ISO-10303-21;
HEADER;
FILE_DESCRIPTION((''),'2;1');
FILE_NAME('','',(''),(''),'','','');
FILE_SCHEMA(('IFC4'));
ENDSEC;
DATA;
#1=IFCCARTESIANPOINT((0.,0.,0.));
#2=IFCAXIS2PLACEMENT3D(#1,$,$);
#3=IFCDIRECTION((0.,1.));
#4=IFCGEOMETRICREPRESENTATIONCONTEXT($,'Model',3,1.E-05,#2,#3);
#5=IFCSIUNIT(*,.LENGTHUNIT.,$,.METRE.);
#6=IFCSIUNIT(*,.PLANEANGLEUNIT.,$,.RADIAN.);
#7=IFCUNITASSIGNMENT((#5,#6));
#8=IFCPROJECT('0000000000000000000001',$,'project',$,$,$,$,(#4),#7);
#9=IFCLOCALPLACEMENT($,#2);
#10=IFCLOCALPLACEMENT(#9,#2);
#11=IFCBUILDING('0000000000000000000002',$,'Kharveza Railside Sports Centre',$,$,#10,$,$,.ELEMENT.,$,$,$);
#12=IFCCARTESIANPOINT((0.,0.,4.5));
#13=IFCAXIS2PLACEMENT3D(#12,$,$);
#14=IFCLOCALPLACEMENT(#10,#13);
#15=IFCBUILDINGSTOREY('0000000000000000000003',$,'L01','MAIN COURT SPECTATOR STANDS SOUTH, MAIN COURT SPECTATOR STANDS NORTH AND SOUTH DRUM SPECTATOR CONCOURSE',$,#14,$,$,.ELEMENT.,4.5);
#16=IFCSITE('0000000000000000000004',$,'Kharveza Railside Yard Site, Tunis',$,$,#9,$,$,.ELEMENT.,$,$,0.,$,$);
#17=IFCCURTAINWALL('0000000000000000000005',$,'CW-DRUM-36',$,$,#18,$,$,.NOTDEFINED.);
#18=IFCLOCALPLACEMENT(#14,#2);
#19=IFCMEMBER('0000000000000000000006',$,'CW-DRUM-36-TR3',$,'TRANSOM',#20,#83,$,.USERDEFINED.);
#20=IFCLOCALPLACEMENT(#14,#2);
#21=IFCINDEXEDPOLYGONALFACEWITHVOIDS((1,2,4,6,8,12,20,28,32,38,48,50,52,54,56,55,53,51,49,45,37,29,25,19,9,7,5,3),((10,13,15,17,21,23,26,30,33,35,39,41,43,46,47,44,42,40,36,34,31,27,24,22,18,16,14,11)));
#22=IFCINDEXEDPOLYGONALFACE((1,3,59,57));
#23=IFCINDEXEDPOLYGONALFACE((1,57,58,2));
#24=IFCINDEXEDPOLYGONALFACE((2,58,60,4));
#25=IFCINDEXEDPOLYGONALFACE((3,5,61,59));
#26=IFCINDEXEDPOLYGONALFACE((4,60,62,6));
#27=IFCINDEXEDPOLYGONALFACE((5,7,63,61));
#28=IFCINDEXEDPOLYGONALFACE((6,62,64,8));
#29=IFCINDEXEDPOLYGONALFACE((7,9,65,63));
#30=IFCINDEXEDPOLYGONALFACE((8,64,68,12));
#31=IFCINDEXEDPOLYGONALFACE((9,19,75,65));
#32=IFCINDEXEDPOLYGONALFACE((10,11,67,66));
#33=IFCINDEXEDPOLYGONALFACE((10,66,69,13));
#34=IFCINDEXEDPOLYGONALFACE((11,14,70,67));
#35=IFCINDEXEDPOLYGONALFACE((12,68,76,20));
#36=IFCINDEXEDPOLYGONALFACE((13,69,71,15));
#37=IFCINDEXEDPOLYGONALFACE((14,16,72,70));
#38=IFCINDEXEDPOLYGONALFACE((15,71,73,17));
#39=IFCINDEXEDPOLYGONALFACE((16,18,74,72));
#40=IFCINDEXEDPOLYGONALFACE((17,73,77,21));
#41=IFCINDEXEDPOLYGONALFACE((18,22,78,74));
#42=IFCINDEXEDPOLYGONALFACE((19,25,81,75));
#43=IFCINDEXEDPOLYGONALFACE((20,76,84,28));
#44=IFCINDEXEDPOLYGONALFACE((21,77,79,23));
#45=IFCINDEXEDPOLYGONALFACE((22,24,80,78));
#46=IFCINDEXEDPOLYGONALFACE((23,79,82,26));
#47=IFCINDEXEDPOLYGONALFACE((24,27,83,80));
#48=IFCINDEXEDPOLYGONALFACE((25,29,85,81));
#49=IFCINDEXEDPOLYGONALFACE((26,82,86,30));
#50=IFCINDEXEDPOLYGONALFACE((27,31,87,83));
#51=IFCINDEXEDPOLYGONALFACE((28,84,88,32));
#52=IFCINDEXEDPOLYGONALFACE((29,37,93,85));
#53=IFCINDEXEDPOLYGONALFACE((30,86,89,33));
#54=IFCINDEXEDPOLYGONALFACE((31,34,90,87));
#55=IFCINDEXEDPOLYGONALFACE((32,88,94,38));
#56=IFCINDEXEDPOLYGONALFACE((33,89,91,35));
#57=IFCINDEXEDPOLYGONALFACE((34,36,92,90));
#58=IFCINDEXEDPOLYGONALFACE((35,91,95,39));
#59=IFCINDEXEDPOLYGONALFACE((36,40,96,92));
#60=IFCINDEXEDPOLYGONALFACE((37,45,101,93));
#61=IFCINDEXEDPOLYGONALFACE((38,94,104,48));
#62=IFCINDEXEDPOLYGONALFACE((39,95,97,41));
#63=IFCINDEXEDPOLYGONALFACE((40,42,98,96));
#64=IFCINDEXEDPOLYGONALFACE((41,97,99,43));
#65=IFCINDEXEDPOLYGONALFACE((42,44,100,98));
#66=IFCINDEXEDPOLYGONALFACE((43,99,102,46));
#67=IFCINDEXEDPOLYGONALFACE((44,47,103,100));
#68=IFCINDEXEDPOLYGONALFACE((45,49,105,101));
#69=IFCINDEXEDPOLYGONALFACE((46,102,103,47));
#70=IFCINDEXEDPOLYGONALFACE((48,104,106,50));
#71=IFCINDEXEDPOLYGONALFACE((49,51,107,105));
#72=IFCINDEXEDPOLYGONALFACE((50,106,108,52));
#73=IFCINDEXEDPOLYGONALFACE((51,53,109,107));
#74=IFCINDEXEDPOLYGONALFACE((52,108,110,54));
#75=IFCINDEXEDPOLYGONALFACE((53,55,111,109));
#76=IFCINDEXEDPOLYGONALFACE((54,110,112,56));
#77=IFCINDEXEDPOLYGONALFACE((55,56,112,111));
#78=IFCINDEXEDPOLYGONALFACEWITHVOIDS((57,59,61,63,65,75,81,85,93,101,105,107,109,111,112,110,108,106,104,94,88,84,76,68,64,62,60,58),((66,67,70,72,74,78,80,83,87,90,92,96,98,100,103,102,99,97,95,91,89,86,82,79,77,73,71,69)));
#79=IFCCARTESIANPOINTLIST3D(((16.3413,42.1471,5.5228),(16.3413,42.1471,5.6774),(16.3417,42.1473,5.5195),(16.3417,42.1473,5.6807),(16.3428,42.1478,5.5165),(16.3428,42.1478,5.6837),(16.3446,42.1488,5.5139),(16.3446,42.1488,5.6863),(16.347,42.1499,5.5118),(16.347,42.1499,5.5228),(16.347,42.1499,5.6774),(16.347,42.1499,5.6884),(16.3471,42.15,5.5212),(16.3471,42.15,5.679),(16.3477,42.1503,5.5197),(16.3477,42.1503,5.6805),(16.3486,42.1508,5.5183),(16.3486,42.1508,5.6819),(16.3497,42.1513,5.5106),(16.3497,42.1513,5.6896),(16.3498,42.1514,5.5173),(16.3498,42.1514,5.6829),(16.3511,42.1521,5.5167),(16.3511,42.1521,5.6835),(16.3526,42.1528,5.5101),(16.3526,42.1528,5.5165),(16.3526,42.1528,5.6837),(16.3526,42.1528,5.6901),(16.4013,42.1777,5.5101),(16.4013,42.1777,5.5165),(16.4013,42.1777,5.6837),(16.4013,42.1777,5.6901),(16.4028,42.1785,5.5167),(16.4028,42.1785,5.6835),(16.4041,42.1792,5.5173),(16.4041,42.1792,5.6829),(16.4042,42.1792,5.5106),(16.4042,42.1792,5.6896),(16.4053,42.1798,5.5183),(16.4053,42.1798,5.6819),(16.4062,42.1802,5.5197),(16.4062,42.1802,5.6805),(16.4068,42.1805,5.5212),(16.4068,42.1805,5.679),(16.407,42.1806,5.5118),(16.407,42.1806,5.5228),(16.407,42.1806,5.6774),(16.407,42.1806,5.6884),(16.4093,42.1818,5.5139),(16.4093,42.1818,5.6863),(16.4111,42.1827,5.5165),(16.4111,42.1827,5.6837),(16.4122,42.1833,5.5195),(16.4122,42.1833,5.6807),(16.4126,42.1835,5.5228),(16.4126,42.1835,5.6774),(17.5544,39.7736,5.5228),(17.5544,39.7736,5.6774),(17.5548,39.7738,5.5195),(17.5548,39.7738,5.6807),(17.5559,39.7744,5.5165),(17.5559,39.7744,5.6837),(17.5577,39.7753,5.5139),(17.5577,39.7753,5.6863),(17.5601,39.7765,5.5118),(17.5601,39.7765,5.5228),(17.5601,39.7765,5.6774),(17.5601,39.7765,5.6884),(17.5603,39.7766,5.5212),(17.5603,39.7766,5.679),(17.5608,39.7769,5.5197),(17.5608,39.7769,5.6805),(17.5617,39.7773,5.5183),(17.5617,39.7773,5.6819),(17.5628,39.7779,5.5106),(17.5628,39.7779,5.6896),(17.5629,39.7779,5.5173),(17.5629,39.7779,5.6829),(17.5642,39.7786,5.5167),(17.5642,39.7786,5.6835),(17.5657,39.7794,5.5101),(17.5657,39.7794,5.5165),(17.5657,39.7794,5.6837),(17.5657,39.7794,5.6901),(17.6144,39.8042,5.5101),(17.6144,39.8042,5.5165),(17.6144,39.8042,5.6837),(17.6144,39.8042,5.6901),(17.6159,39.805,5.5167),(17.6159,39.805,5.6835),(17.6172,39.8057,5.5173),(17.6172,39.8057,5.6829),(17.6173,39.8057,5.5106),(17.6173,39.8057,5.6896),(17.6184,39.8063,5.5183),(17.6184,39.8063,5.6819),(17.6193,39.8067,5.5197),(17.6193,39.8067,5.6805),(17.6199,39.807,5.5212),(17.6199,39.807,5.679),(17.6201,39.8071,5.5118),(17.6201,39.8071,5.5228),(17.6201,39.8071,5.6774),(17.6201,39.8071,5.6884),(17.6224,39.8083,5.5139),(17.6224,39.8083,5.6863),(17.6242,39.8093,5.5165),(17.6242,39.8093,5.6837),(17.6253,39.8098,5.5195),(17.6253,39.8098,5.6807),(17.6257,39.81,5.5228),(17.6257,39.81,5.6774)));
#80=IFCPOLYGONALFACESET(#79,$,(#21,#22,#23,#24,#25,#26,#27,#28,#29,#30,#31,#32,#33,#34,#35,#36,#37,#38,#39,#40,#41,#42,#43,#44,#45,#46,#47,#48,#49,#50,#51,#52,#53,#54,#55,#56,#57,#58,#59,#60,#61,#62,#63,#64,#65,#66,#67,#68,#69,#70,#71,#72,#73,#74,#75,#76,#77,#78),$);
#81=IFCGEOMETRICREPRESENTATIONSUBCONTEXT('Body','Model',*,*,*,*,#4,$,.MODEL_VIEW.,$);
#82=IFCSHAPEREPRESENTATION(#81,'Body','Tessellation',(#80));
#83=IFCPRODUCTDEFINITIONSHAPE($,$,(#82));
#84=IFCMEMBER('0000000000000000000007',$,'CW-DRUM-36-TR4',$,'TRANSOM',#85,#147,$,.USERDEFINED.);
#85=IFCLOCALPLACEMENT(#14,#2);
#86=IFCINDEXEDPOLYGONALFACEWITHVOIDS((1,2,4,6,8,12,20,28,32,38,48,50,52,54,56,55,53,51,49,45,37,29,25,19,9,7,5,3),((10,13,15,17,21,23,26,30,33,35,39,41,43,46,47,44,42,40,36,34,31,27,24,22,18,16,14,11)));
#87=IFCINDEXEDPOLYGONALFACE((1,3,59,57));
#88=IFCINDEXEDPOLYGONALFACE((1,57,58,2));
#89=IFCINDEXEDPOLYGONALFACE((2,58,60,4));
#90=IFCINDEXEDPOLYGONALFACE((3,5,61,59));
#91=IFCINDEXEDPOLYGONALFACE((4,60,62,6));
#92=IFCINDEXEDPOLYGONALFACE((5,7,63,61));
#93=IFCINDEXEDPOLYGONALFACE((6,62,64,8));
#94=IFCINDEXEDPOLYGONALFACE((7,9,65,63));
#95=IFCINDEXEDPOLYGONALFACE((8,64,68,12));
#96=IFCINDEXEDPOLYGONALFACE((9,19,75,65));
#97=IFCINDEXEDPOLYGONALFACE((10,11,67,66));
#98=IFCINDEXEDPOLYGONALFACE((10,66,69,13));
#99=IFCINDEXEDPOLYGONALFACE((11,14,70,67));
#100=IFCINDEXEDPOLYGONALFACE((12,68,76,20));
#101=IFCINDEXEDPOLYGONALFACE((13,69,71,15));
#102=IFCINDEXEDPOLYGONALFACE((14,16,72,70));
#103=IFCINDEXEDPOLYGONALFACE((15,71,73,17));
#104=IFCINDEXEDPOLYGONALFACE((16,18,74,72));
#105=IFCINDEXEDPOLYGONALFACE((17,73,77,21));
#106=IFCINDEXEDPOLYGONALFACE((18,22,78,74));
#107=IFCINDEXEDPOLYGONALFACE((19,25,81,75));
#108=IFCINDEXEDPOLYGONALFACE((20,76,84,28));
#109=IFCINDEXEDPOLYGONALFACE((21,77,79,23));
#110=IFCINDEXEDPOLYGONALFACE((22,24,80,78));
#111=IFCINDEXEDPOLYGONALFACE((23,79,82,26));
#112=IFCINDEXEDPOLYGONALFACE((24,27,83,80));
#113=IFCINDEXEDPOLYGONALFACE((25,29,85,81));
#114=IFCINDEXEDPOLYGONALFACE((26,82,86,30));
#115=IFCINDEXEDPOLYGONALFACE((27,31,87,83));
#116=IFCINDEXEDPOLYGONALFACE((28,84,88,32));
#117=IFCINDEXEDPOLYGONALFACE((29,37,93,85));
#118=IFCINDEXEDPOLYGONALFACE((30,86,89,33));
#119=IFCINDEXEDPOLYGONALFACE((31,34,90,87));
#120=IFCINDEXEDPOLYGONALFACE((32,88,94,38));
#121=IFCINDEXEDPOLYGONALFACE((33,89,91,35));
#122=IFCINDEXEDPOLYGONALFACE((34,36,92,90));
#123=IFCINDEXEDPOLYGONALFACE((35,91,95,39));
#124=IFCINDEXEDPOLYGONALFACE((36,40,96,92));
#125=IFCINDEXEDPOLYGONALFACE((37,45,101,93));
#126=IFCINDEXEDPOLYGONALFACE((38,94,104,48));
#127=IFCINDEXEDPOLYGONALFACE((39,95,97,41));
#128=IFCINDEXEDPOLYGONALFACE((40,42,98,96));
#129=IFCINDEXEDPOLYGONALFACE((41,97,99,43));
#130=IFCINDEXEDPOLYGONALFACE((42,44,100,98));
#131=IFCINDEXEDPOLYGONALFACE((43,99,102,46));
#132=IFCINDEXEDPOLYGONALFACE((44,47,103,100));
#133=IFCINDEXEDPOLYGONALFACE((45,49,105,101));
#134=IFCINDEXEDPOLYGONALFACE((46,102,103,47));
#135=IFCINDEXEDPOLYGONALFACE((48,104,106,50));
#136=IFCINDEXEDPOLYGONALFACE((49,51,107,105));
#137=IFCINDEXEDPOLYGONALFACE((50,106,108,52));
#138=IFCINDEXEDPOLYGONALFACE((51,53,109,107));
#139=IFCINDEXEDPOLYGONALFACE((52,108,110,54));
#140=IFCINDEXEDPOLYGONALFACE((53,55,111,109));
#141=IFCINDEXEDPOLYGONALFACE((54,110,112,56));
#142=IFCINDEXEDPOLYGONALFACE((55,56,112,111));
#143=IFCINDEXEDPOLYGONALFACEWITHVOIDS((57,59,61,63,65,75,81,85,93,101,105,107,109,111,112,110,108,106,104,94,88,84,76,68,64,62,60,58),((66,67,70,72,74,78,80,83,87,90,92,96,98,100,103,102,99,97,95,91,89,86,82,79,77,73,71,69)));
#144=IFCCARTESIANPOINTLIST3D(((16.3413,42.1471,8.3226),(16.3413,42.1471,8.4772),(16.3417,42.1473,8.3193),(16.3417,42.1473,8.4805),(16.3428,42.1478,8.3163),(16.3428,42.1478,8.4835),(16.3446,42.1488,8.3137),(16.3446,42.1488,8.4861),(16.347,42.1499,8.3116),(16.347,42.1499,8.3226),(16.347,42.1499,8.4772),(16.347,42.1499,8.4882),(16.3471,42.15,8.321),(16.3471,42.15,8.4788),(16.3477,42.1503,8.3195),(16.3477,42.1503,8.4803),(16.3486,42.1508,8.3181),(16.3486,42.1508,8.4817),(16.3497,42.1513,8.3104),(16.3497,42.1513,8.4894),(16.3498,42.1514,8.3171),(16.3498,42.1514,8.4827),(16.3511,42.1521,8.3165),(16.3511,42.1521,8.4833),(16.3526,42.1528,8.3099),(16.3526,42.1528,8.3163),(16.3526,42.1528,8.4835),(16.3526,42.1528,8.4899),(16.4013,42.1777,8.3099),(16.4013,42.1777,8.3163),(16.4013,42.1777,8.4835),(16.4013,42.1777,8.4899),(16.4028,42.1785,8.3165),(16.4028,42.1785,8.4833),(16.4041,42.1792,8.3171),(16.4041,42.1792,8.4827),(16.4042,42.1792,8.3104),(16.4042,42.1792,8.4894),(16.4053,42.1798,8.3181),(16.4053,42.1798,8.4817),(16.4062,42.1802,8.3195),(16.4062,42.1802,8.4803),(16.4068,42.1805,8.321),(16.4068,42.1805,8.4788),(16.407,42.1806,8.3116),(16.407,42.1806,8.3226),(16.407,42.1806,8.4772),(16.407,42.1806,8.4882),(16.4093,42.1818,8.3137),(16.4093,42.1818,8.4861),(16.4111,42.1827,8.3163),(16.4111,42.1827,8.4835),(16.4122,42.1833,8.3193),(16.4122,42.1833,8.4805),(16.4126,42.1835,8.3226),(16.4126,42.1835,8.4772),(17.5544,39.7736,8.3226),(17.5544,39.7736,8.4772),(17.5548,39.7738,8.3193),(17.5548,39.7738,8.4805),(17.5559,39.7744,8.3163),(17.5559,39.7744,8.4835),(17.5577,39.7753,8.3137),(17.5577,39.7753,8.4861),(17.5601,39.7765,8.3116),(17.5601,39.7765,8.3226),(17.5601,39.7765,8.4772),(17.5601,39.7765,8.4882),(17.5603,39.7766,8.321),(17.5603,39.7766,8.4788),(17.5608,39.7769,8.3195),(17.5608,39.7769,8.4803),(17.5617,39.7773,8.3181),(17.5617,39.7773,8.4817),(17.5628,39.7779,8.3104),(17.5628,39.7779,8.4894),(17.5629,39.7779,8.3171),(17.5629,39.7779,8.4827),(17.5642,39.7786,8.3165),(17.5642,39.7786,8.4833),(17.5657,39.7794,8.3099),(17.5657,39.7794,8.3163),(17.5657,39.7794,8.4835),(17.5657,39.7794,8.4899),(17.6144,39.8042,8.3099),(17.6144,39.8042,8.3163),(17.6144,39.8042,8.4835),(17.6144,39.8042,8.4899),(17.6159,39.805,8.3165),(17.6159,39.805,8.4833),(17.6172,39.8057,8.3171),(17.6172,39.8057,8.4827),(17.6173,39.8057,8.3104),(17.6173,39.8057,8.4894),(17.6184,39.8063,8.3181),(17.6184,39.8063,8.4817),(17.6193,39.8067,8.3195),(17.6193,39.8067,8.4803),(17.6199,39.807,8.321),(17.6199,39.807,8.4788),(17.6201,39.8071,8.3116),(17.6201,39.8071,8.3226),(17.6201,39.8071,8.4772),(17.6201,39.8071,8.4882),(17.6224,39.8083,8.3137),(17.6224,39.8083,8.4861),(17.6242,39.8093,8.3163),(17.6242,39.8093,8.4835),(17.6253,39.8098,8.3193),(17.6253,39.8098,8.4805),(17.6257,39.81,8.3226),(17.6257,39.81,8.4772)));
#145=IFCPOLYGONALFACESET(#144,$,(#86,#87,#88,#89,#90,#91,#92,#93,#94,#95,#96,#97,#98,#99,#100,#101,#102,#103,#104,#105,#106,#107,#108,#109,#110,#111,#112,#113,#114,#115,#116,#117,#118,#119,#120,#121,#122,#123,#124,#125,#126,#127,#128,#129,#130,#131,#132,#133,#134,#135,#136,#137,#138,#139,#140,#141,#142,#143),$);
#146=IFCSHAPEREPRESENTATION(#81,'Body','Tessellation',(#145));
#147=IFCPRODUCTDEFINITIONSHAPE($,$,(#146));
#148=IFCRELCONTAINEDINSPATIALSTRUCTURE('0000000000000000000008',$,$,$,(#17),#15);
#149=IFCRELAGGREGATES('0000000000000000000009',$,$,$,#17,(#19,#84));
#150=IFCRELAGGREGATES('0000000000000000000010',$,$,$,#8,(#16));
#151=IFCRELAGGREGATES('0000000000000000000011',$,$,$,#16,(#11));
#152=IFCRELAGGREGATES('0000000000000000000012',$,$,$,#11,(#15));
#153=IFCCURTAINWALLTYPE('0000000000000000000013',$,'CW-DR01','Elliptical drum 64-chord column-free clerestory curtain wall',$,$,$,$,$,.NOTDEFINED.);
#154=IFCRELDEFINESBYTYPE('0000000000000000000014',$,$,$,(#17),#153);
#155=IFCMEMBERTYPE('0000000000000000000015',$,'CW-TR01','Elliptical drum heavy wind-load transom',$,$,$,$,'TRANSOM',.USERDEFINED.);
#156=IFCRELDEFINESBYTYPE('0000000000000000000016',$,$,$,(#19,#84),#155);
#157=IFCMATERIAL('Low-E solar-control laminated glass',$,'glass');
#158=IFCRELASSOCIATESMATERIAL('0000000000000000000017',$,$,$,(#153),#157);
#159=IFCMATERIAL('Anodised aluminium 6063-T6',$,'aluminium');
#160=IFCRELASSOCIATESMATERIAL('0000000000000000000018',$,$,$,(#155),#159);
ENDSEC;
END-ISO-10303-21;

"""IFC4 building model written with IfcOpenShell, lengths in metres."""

from ifc_helpers import new_model, si_unit, direction, frame, origin, origin_2d, place, context, subcontext, project, spatial, hollow_rectangle, extrude, material, material_profile, profile_set, type_object, element, aggregate, save


model = new_model("IFC4")

# Units and contexts
model_context = context("Model", 3, precision=1e-05, world=origin(), true_north=direction((0.0, 1.0)))
body_context = subcontext(model_context, "Body", "Model", "MODEL_VIEW")
ifc_project = project(units=[si_unit("LENGTHUNIT", "METRE"), si_unit("PLANEANGLEUNIT", "RADIAN")], contexts=[model_context])

# Site, building, storey
site_placement = place(None, origin())
site = spatial("IfcSite", under=ifc_project, at=site_placement, Name="Kharveza Railside Yard Site, Tunis", CompositionType="ELEMENT", RefElevation=0.0)
building_placement = place(site_placement, origin())
building = spatial("IfcBuilding", under=site, at=building_placement, Name="Kharveza Railside Sports Centre", CompositionType="ELEMENT")
storey_placement = place(building_placement, frame((0.0, 0.0, 4.5)))
storey = spatial("IfcBuildingStorey", under=building, at=storey_placement, Name="L01", Description="MAIN COURT SPECTATOR STANDS SOUTH, MAIN COURT SPECTATOR STANDS NORTH AND SOUTH DRUM SPECTATOR CONCOURSE", CompositionType="ELEMENT", Elevation=4.5)

# Shared definitions
ifc_material_1 = material(Name="Low-E solar-control laminated glass", Category="glass")
curtain_wall_type = type_object("IfcCurtainWallType", Name="CW-DR01", Description="Elliptical drum 64-chord column-free clerestory curtain wall", PredefinedType="NOTDEFINED", material=ifc_material_1)
ifc_material_2 = material(Name="Anodised aluminium 6063-T6", Category="aluminium")

# Curtain wall
curtain_wall_1_placement = place(storey_placement, origin())
curtain_wall_1 = element("IfcCurtainWall", 1, at=curtain_wall_1_placement, inside=storey, type_object=curtain_wall_type, Name="CW-DRUM-36", PredefinedType="NOTDEFINED")

# Members
ifc_material_profile_1 = material_profile(ifc_material_2, hollow_rectangle(XDim=0.0801, YDim=0.1799, WallThickness=0.0063, InnerFilletRadius=0.0063, OuterFilletRadius=0.0127, at=origin_2d()), Name="RHS 80x180x6.3")
ifc_profile_set_1 = profile_set([ifc_material_profile_1], Name="Anodised aluminium 6063-T6")
member_type_1 = type_object("IfcMemberType", Name="CW-TR01", Description="Elliptical drum heavy wind-load transom", ElementType="TRANSOM", PredefinedType="USERDEFINED", material=ifc_profile_set_1)
member_1_placement = place(storey_placement, frame((16.377, 42.1653, 5.6001), z_axis=(0.455109, -0.890436, 0.0), x_axis=(0.890436, 0.455109, 0.0)))
member_1 = element("IfcMember", 2, at=member_1_placement, type_object=member_type_1, Name="CW-DRUM-36-TR3", ObjectType="TRANSOM", PredefinedType="USERDEFINED", context=body_context, shape_type="SweptSolid", body=[
    extrude(hollow_rectangle(XDim=0.0801, YDim=0.1799, WallThickness=0.0063, InnerFilletRadius=0.0063, OuterFilletRadius=0.0127, at=origin_2d()), origin(), (0.0, 0.0, 1.0), 2.6655),
])
member_2_placement = place(storey_placement, frame((16.377, 42.1653, 8.3999), z_axis=(0.455109, -0.890436, 0.0), x_axis=(0.890436, 0.455109, 0.0)))
member_2 = element("IfcMember", 3, at=member_2_placement, type_object=member_type_1, Name="CW-DRUM-36-TR4", ObjectType="TRANSOM", PredefinedType="USERDEFINED", context=body_context, shape_type="SweptSolid", body=[
    extrude(hollow_rectangle(XDim=0.0801, YDim=0.1799, WallThickness=0.0063, InnerFilletRadius=0.0063, OuterFilletRadius=0.0127, at=origin_2d()), origin(), (0.0, 0.0, 1.0), 2.6655),
])

aggregate(curtain_wall_1, [member_1, member_2])

save(model, "model.ifc")
